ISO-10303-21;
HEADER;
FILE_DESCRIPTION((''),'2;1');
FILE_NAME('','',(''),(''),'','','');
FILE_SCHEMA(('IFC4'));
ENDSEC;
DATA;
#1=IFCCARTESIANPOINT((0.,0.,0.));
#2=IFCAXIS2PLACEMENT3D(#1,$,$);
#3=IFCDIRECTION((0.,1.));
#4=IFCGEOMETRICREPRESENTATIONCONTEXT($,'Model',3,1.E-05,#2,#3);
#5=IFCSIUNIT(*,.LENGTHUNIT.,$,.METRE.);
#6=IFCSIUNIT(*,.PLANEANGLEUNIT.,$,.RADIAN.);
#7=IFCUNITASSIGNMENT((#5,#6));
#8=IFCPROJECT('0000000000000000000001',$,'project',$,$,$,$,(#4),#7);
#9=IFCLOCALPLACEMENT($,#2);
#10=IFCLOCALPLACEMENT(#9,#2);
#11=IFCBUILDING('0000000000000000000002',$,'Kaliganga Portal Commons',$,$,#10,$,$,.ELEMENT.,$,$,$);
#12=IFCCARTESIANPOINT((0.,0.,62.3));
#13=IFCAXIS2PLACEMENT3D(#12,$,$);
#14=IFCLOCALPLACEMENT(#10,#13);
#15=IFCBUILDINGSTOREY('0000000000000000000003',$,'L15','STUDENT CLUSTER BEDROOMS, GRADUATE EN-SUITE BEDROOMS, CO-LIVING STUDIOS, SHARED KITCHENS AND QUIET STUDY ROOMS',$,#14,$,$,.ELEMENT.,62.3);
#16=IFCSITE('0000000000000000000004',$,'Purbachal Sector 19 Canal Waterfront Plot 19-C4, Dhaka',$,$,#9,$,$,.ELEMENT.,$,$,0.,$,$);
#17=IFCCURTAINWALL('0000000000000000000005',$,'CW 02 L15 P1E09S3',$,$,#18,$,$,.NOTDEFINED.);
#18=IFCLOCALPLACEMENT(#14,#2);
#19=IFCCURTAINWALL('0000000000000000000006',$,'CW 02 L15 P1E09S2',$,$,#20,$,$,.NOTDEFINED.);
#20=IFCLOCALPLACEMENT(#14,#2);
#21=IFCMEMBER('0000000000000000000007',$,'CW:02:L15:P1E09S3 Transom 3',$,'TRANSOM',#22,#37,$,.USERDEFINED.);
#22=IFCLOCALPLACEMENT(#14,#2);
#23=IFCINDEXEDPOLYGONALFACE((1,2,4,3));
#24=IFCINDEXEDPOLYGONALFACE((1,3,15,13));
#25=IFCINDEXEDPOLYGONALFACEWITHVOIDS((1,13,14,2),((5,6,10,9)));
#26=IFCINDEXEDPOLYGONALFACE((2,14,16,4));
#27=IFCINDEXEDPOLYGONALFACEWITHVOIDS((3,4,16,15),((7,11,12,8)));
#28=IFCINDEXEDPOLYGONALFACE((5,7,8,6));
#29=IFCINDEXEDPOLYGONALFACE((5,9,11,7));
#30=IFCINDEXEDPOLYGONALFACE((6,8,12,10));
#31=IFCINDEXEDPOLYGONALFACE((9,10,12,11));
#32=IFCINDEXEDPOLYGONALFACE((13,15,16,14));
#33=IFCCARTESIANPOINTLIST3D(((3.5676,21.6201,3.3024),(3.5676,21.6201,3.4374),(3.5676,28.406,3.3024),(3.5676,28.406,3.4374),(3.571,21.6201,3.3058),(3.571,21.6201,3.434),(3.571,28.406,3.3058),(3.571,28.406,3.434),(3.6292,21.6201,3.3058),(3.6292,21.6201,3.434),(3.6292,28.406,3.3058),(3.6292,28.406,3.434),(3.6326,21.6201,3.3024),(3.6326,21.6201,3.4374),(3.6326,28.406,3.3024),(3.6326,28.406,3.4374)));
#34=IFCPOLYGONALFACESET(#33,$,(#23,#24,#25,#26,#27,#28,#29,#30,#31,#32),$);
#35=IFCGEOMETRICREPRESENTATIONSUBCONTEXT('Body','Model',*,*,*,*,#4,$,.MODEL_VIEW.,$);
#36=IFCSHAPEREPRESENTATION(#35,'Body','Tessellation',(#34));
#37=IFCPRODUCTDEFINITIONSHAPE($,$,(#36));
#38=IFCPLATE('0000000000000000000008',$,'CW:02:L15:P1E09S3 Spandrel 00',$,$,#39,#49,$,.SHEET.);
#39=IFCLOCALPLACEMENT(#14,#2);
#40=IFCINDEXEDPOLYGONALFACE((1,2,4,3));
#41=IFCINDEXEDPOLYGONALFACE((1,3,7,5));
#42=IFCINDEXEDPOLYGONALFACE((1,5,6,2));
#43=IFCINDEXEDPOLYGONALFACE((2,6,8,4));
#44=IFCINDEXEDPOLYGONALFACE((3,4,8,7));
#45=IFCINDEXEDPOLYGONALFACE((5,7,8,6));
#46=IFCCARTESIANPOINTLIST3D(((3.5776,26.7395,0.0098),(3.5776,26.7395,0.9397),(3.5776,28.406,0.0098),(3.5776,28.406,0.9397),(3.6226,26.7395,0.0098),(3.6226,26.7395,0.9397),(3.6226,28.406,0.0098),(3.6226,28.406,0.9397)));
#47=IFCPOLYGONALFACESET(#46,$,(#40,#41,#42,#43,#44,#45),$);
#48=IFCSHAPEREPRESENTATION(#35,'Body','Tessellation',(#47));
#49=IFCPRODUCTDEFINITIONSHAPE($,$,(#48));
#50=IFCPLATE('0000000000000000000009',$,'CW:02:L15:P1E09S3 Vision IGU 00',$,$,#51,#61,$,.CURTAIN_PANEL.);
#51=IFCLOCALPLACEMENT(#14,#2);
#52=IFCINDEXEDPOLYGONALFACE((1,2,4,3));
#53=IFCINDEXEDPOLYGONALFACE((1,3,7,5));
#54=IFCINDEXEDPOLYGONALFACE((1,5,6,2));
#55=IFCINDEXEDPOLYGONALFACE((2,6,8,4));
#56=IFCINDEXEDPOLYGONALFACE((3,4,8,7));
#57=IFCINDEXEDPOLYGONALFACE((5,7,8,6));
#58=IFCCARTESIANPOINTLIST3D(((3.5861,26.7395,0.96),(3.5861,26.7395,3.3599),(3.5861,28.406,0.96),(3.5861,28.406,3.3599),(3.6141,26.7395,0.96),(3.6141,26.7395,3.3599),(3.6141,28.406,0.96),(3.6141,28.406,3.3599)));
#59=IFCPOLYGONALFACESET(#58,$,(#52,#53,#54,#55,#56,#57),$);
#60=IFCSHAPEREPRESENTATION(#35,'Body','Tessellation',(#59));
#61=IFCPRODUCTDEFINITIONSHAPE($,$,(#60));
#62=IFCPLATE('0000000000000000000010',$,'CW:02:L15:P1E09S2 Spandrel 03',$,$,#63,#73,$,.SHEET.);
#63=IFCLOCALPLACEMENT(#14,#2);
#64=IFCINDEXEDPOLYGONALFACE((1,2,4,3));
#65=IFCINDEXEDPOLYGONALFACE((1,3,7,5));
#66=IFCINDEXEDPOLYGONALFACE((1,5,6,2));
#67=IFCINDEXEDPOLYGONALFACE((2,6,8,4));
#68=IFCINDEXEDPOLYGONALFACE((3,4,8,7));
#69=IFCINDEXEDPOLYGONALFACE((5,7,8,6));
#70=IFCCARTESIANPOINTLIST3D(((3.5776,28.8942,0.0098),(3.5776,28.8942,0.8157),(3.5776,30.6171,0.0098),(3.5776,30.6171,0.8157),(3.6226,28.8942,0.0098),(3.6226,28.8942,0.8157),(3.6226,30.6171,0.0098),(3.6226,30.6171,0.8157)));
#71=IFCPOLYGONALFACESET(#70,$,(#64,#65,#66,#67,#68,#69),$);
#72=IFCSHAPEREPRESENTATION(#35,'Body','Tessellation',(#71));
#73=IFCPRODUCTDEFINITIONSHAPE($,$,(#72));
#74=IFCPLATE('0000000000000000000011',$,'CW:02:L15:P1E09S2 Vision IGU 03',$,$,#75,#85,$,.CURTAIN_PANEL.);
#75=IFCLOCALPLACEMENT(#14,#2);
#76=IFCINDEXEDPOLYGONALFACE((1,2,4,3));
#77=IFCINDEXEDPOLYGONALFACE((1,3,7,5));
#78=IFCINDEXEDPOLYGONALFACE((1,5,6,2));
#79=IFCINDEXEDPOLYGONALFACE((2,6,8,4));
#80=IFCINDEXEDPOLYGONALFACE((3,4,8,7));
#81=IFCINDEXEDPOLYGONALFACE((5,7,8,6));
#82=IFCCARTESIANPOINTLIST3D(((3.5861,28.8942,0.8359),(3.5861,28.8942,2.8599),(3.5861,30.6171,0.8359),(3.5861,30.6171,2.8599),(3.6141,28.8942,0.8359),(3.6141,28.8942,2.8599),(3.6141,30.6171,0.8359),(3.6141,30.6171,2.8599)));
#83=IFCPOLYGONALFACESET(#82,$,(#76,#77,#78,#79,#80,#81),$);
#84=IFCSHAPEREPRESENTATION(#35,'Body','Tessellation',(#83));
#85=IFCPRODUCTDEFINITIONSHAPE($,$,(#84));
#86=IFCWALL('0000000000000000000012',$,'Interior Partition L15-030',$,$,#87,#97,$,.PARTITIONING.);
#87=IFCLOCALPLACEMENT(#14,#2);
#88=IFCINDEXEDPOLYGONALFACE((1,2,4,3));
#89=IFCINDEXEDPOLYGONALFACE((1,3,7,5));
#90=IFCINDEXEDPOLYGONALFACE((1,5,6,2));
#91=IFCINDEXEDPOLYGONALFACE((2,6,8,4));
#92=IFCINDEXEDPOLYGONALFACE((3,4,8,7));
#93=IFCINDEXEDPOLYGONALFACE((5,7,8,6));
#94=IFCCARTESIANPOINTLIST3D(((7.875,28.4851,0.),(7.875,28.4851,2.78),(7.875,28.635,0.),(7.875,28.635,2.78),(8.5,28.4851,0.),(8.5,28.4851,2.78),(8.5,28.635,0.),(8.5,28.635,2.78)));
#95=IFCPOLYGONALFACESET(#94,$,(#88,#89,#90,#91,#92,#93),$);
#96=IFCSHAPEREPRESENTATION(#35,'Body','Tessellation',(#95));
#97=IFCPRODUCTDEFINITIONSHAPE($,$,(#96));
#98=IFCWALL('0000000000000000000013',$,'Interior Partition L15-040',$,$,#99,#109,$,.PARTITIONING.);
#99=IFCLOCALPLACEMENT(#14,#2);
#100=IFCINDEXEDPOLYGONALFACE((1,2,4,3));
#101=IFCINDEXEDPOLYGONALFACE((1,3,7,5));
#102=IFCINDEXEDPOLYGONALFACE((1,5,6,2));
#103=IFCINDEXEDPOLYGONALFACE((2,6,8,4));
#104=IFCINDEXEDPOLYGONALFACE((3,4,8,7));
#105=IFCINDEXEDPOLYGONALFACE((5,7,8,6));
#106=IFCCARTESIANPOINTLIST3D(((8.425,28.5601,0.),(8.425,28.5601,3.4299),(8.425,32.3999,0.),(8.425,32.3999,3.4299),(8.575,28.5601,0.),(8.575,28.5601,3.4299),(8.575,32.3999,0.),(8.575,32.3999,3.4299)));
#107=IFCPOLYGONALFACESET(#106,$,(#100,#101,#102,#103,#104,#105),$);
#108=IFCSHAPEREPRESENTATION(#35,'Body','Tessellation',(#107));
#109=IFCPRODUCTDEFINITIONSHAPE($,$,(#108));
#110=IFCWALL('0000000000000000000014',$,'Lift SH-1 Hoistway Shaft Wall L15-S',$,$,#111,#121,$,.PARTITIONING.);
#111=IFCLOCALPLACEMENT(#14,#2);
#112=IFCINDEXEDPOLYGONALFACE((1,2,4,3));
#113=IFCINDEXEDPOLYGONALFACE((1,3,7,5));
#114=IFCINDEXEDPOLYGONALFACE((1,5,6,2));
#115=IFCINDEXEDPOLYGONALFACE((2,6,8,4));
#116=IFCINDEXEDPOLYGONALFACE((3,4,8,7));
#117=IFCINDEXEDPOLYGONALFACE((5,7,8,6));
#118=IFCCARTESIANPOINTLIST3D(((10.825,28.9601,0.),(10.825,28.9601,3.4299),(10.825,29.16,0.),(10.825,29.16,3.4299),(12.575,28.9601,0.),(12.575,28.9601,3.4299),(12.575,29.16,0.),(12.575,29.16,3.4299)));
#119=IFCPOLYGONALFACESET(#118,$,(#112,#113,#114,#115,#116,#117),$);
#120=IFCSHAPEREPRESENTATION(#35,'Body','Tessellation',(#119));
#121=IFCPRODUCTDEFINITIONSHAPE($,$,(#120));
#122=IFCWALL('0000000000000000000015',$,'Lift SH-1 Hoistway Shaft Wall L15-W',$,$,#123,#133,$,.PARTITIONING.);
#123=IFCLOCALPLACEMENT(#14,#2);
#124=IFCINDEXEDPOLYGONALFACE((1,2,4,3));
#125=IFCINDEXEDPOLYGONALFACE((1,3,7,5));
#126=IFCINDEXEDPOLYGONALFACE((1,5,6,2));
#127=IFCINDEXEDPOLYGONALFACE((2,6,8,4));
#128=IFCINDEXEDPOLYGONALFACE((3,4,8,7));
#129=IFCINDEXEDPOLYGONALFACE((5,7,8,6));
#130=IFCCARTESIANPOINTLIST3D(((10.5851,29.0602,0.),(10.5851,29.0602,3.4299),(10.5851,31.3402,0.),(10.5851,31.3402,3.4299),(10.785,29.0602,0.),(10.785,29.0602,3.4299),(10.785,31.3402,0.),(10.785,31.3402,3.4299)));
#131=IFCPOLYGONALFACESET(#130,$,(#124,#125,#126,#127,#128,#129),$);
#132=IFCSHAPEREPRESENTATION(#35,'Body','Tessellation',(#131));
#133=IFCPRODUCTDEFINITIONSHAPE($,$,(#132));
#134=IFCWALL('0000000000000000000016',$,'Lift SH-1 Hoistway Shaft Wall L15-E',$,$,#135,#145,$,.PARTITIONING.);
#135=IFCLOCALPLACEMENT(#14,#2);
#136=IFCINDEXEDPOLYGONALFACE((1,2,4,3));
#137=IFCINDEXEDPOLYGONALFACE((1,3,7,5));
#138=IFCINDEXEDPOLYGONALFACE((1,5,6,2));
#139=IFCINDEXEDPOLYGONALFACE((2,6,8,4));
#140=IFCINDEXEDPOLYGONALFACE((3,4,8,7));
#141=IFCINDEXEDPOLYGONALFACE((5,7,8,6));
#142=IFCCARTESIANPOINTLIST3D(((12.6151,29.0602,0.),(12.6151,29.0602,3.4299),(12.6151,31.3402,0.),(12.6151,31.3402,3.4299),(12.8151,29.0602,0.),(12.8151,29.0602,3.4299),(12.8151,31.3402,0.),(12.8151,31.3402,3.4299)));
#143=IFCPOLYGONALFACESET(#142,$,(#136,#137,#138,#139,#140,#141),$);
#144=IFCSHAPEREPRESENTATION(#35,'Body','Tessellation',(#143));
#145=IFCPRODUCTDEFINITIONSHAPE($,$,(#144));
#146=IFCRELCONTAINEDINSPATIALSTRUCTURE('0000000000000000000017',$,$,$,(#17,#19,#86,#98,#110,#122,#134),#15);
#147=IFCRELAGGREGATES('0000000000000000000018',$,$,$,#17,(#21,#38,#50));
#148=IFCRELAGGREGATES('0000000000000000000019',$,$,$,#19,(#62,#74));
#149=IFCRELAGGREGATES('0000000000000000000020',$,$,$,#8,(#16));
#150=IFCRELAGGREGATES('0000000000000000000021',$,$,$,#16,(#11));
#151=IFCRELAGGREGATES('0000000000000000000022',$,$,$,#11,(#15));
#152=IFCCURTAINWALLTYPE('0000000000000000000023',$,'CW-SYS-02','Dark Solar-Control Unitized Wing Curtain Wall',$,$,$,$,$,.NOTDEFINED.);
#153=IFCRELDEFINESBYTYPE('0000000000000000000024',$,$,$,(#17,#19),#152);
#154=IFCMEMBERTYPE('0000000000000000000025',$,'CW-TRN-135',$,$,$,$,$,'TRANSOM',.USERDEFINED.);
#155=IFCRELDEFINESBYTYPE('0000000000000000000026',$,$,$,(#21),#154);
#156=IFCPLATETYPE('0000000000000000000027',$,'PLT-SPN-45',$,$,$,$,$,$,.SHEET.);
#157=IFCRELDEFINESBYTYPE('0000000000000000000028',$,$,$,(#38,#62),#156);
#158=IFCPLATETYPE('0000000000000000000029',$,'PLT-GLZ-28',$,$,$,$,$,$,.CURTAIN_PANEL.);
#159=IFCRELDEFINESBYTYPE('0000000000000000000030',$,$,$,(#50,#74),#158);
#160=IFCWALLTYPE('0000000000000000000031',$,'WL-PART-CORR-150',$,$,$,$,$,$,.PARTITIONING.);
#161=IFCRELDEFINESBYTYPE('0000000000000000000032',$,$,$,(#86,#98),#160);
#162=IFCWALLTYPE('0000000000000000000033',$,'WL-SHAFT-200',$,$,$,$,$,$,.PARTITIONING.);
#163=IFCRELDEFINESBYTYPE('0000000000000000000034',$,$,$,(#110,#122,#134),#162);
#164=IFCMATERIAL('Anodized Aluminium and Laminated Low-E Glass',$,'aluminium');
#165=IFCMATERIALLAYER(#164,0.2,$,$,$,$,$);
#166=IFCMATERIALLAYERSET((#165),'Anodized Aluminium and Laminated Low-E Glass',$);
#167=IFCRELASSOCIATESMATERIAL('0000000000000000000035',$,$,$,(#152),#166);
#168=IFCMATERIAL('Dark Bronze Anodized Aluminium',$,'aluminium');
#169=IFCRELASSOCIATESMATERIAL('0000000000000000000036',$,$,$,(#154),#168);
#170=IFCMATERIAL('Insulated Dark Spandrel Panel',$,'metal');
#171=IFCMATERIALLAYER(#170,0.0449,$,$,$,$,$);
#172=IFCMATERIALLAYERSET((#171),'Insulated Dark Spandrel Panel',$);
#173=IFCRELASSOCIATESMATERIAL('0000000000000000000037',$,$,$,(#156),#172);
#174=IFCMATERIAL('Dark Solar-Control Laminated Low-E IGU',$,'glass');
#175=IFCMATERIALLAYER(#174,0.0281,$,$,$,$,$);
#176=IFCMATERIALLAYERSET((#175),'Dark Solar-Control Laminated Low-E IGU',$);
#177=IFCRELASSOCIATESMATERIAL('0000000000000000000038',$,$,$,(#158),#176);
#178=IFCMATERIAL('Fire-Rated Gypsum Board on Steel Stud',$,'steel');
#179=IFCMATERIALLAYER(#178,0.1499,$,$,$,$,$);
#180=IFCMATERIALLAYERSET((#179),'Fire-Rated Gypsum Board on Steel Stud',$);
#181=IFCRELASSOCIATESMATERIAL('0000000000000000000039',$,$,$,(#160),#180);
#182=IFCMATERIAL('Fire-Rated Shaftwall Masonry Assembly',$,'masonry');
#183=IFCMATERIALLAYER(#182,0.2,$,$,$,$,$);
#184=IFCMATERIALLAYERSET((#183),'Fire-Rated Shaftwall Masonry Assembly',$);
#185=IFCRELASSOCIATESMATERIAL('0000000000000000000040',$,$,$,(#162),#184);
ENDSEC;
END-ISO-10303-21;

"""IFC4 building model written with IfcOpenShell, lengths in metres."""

from ifc_helpers import new_model, si_unit, direction, frame, frame_2d, origin, origin_2d, place, context, subcontext, project, spatial, rectangle, hollow_rectangle, extrude, source, transform, mapped, material, layer, layer_set, material_profile, profile_set, type_object, element, aggregate, save


model = new_model("IFC4")

# Units and contexts
model_context = context("Model", 3, precision=1e-05, world=origin(), true_north=direction((0.0, 1.0)))
body_context = subcontext(model_context, "Body", "Model", "MODEL_VIEW")
ifc_project = project(units=[si_unit("LENGTHUNIT", "METRE"), si_unit("PLANEANGLEUNIT", "RADIAN")], contexts=[model_context])

# Site, building, storey
site_placement = place(None, origin())
site = spatial("IfcSite", under=ifc_project, at=site_placement, Name="Purbachal Sector 19 Canal Waterfront Plot 19-C4, Dhaka", CompositionType="ELEMENT", RefElevation=0.0)
building_placement = place(site_placement, origin())
building = spatial("IfcBuilding", under=site, at=building_placement, Name="Kaliganga Portal Commons", CompositionType="ELEMENT")
storey_placement = place(building_placement, frame((0.0, 0.0, 62.3)))
storey = spatial("IfcBuildingStorey", under=building, at=storey_placement, Name="L15", Description="STUDENT CLUSTER BEDROOMS, GRADUATE EN-SUITE BEDROOMS, CO-LIVING STUDIOS, SHARED KITCHENS AND QUIET STUDY ROOMS", CompositionType="ELEMENT", Elevation=62.3)

# Curtain walls
ifc_material_1 = material(Name="Anodized Aluminium and Laminated Low-E Glass", Category="aluminium")
ifc_layer_1 = layer(ifc_material_1, 0.2)
ifc_layer_set_1 = layer_set([ifc_layer_1], Name="Anodized Aluminium and Laminated Low-E Glass")
curtain_wall_type = type_object("IfcCurtainWallType", Name="CW-SYS-02", Description="Dark Solar-Control Unitized Wing Curtain Wall", PredefinedType="NOTDEFINED", material=ifc_layer_set_1)
curtain_wall_1_placement = place(storey_placement, origin())
curtain_wall_1 = element("IfcCurtainWall", 1, at=curtain_wall_1_placement, inside=storey, type_object=curtain_wall_type, Name="CW 02 L15 P1E09S3", PredefinedType="NOTDEFINED")
ifc_material_2 = material(Name="Dark Bronze Anodized Aluminium", Category="aluminium")
curtain_wall_2_placement = place(storey_placement, origin())
curtain_wall_2 = element("IfcCurtainWall", 2, at=curtain_wall_2_placement, inside=storey, type_object=curtain_wall_type, Name="CW 02 L15 P1E09S2", PredefinedType="NOTDEFINED")

# Member
ifc_material_profile_1 = material_profile(ifc_material_2, hollow_rectangle(XDim=0.0649, YDim=0.135, WallThickness=0.0034, at=origin_2d()), Name="ALU TRAN 65x135x3.5")
ifc_profile_set_1 = profile_set([ifc_material_profile_1], Name="Dark Bronze Anodized Aluminium")
member_type_1 = type_object("IfcMemberType", Name="CW-TRN-135", ElementType="TRANSOM", PredefinedType="USERDEFINED", material=ifc_profile_set_1)
shared_shape_1 = source(origin(), body_context, "Body", "SweptSolid", [
    extrude(hollow_rectangle(XDim=0.0649, YDim=0.135, WallThickness=0.0034, at=origin_2d()), origin(), (0.0, 0.0, 1.0), 6.7859),
])
member_1_placement = place(storey_placement, frame((3.6001, 28.406, 3.3699), z_axis=(0.0, -1.0, 0.0), x_axis=(1.0, 0.0, 0.0)))
member_1 = element("IfcMember", 3, at=member_1_placement, type_object=member_type_1, Name="CW:02:L15:P1E09S3 Transom 3", ObjectType="TRANSOM", PredefinedType="USERDEFINED", context=body_context, shape_type="MappedRepresentation", body=[
    mapped(shared_shape_1, transform((0.0, 0.0, 0.0), x_axis=(1.0, 0.0, 0.0), y_axis=(0.0, 1.0, 0.0), z_axis=(0.0, 0.0, 1.0), scale=1.0)),
])

# Plates
ifc_material_3 = material(Name="Insulated Dark Spandrel Panel", Category="metal")
ifc_layer_2 = layer(ifc_material_3, 0.0449)
ifc_layer_set_2 = layer_set([ifc_layer_2], Name="Insulated Dark Spandrel Panel")
plate_type_1 = type_object("IfcPlateType", Name="PLT-SPN-45", PredefinedType="SHEET", material=ifc_layer_set_2)
shared_shape_2 = source(origin(), body_context, "Body", "SweptSolid", [
    extrude(rectangle(XDim=1.6665, YDim=0.0449, at=origin_2d()), origin(), (0.0, 0.0, 1.0), 0.9299),
])
plate_1_placement = place(storey_placement, frame((3.6001, 27.5728, 0.0098), z_axis=(0.0, 0.0, 1.0), x_axis=(0.0, -1.0, 0.0)))
plate_1 = element("IfcPlate", 4, at=plate_1_placement, type_object=plate_type_1, Name="CW:02:L15:P1E09S3 Spandrel 00", PredefinedType="SHEET", context=body_context, shape_type="MappedRepresentation", body=[
    mapped(shared_shape_2, transform((0.0, 0.0, 0.0), x_axis=(1.0, 0.0, 0.0), y_axis=(0.0, 1.0, 0.0), z_axis=(0.0, 0.0, 1.0), scale=1.0)),
])
ifc_material_4 = material(Name="Dark Solar-Control Laminated Low-E IGU", Category="glass")
ifc_layer_3 = layer(ifc_material_4, 0.0281)
ifc_layer_set_3 = layer_set([ifc_layer_3], Name="Dark Solar-Control Laminated Low-E IGU")
plate_type_2 = type_object("IfcPlateType", Name="PLT-GLZ-28", PredefinedType="CURTAIN_PANEL", material=ifc_layer_set_3)
shared_shape_3 = source(origin(), body_context, "Body", "SweptSolid", [
    extrude(rectangle(XDim=1.6665, YDim=0.0281, at=origin_2d()), origin(), (0.0, 0.0, 1.0), 2.3999),
])
plate_2_placement = place(storey_placement, frame((3.6001, 27.5728, 0.96), z_axis=(0.0, 0.0, 1.0), x_axis=(0.0, -1.0, 0.0)))
plate_2 = element("IfcPlate", 5, at=plate_2_placement, type_object=plate_type_2, Name="CW:02:L15:P1E09S3 Vision IGU 00", PredefinedType="CURTAIN_PANEL", context=body_context, shape_type="MappedRepresentation", body=[
    mapped(shared_shape_3, transform((0.0, 0.0, 0.0), x_axis=(1.0, 0.0, 0.0), y_axis=(0.0, 1.0, 0.0), z_axis=(0.0, 0.0, 1.0), scale=1.0)),
])
aggregate(curtain_wall_1, [member_1, plate_1, plate_2])
shared_shape_4 = source(origin(), body_context, "Body", "SweptSolid", [
    extrude(rectangle(XDim=1.7229, YDim=0.0449, at=origin_2d()), origin(), (0.0, 0.0, 1.0), 0.8059),
])
plate_3_placement = place(storey_placement, frame((3.6001, 29.7556, 0.0098), z_axis=(0.0, 0.0, 1.0), x_axis=(0.0, -1.0, 0.0)))
plate_3 = element("IfcPlate", 6, at=plate_3_placement, type_object=plate_type_1, Name="CW:02:L15:P1E09S2 Spandrel 03", PredefinedType="SHEET", context=body_context, shape_type="MappedRepresentation", body=[
    mapped(shared_shape_4, transform((0.0, 0.0, 0.0), x_axis=(1.0, 0.0, 0.0), y_axis=(0.0, 1.0, 0.0), z_axis=(0.0, 0.0, 1.0), scale=1.0)),
])
shared_shape_5 = source(origin(), body_context, "Body", "SweptSolid", [
    extrude(rectangle(XDim=1.7229, YDim=0.0281, at=origin_2d()), origin(), (0.0, 0.0, 1.0), 2.0239),
])
plate_4_placement = place(storey_placement, frame((3.6001, 29.7556, 0.8359), z_axis=(0.0, 0.0, 1.0), x_axis=(0.0, -1.0, 0.0)))
plate_4 = element("IfcPlate", 7, at=plate_4_placement, type_object=plate_type_2, Name="CW:02:L15:P1E09S2 Vision IGU 03", PredefinedType="CURTAIN_PANEL", context=body_context, shape_type="MappedRepresentation", body=[
    mapped(shared_shape_5, transform((0.0, 0.0, 0.0), x_axis=(1.0, 0.0, 0.0), y_axis=(0.0, 1.0, 0.0), z_axis=(0.0, 0.0, 1.0), scale=1.0)),
])
aggregate(curtain_wall_2, [plate_3, plate_4])

# Shared definitions
ifc_material_5 = material(Name="Fire-Rated Gypsum Board on Steel Stud", Category="steel")
ifc_layer_4 = layer(ifc_material_5, 0.1499)
ifc_layer_set_4 = layer_set([ifc_layer_4], Name="Fire-Rated Gypsum Board on Steel Stud")
wall_type_1 = type_object("IfcWallType", Name="WL-PART-CORR-150", PredefinedType="PARTITIONING", material=ifc_layer_set_4)

# Walls
wall_1_placement = place(storey_placement, frame((7.875, 28.5601, 0.0), z_axis=(0.0, 0.0, 1.0), x_axis=(1.0, 0.0, 0.0)))
element("IfcWall", 8, at=wall_1_placement, inside=storey, type_object=wall_type_1, Name="Interior Partition L15-030", PredefinedType="PARTITIONING", context=body_context, shape_type="SweptSolid", body=[
    extrude(rectangle(XDim=0.625, YDim=0.1499, at=frame_2d((0.3125, 0.0))), origin(), (0.0, 0.0, 1.0), 2.78),
])
wall_2_placement = place(storey_placement, frame((8.5, 28.5601, 0.0), z_axis=(0.0, 0.0, 1.0), x_axis=(0.0, 1.0, 0.0)))
element("IfcWall", 9, at=wall_2_placement, inside=storey, type_object=wall_type_1, Name="Interior Partition L15-040", PredefinedType="PARTITIONING", context=body_context, shape_type="SweptSolid", body=[
    extrude(rectangle(XDim=3.8398, YDim=0.1499, at=frame_2d((1.9199, 0.0))), origin(), (0.0, 0.0, 1.0), 3.4299),
])
ifc_material_6 = material(Name="Fire-Rated Shaftwall Masonry Assembly", Category="masonry")
ifc_layer_5 = layer(ifc_material_6, 0.2)
ifc_layer_set_5 = layer_set([ifc_layer_5], Name="Fire-Rated Shaftwall Masonry Assembly")
wall_type_2 = type_object("IfcWallType", Name="WL-SHAFT-200", PredefinedType="PARTITIONING", material=ifc_layer_set_5)
wall_3_placement = place(storey_placement, frame((10.825, 29.0601, 0.0), z_axis=(0.0, 0.0, 1.0), x_axis=(1.0, 0.0, 0.0)))
element("IfcWall", 10, at=wall_3_placement, inside=storey, type_object=wall_type_2, Name="Lift SH-1 Hoistway Shaft Wall L15-S", PredefinedType="PARTITIONING", context=body_context, shape_type="SweptSolid", body=[
    extrude(rectangle(XDim=1.75, YDim=0.2, at=frame_2d((0.875, 0.0))), origin(), (0.0, 0.0, 1.0), 3.4299),
])
for number, where, z_axis, x_axis, name in (
    (11, (10.6851, 29.0601, 0.0), (0.0, 0.0, 1.0), (0.0, 1.0, 0.0), "Lift SH-1 Hoistway Shaft Wall L15-W"),
    (12, (12.7151, 29.0601, 0.0), (0.0, 0.0, 1.0), (0.0, 1.0, 0.0), "Lift SH-1 Hoistway Shaft Wall L15-E"),
):
    element("IfcWall", number, at=place(storey_placement, frame(where, z_axis=z_axis, x_axis=x_axis)), inside=storey, type_object=wall_type_2, Name=name, PredefinedType="PARTITIONING", context=body_context, shape_type="SweptSolid", body=[
        extrude(rectangle(XDim=2.28, YDim=0.2, at=frame_2d((1.1401, 0.0))), origin(), (0.0, 0.0, 1.0), 3.4299),
    ])

save(model, "model.ifc")
